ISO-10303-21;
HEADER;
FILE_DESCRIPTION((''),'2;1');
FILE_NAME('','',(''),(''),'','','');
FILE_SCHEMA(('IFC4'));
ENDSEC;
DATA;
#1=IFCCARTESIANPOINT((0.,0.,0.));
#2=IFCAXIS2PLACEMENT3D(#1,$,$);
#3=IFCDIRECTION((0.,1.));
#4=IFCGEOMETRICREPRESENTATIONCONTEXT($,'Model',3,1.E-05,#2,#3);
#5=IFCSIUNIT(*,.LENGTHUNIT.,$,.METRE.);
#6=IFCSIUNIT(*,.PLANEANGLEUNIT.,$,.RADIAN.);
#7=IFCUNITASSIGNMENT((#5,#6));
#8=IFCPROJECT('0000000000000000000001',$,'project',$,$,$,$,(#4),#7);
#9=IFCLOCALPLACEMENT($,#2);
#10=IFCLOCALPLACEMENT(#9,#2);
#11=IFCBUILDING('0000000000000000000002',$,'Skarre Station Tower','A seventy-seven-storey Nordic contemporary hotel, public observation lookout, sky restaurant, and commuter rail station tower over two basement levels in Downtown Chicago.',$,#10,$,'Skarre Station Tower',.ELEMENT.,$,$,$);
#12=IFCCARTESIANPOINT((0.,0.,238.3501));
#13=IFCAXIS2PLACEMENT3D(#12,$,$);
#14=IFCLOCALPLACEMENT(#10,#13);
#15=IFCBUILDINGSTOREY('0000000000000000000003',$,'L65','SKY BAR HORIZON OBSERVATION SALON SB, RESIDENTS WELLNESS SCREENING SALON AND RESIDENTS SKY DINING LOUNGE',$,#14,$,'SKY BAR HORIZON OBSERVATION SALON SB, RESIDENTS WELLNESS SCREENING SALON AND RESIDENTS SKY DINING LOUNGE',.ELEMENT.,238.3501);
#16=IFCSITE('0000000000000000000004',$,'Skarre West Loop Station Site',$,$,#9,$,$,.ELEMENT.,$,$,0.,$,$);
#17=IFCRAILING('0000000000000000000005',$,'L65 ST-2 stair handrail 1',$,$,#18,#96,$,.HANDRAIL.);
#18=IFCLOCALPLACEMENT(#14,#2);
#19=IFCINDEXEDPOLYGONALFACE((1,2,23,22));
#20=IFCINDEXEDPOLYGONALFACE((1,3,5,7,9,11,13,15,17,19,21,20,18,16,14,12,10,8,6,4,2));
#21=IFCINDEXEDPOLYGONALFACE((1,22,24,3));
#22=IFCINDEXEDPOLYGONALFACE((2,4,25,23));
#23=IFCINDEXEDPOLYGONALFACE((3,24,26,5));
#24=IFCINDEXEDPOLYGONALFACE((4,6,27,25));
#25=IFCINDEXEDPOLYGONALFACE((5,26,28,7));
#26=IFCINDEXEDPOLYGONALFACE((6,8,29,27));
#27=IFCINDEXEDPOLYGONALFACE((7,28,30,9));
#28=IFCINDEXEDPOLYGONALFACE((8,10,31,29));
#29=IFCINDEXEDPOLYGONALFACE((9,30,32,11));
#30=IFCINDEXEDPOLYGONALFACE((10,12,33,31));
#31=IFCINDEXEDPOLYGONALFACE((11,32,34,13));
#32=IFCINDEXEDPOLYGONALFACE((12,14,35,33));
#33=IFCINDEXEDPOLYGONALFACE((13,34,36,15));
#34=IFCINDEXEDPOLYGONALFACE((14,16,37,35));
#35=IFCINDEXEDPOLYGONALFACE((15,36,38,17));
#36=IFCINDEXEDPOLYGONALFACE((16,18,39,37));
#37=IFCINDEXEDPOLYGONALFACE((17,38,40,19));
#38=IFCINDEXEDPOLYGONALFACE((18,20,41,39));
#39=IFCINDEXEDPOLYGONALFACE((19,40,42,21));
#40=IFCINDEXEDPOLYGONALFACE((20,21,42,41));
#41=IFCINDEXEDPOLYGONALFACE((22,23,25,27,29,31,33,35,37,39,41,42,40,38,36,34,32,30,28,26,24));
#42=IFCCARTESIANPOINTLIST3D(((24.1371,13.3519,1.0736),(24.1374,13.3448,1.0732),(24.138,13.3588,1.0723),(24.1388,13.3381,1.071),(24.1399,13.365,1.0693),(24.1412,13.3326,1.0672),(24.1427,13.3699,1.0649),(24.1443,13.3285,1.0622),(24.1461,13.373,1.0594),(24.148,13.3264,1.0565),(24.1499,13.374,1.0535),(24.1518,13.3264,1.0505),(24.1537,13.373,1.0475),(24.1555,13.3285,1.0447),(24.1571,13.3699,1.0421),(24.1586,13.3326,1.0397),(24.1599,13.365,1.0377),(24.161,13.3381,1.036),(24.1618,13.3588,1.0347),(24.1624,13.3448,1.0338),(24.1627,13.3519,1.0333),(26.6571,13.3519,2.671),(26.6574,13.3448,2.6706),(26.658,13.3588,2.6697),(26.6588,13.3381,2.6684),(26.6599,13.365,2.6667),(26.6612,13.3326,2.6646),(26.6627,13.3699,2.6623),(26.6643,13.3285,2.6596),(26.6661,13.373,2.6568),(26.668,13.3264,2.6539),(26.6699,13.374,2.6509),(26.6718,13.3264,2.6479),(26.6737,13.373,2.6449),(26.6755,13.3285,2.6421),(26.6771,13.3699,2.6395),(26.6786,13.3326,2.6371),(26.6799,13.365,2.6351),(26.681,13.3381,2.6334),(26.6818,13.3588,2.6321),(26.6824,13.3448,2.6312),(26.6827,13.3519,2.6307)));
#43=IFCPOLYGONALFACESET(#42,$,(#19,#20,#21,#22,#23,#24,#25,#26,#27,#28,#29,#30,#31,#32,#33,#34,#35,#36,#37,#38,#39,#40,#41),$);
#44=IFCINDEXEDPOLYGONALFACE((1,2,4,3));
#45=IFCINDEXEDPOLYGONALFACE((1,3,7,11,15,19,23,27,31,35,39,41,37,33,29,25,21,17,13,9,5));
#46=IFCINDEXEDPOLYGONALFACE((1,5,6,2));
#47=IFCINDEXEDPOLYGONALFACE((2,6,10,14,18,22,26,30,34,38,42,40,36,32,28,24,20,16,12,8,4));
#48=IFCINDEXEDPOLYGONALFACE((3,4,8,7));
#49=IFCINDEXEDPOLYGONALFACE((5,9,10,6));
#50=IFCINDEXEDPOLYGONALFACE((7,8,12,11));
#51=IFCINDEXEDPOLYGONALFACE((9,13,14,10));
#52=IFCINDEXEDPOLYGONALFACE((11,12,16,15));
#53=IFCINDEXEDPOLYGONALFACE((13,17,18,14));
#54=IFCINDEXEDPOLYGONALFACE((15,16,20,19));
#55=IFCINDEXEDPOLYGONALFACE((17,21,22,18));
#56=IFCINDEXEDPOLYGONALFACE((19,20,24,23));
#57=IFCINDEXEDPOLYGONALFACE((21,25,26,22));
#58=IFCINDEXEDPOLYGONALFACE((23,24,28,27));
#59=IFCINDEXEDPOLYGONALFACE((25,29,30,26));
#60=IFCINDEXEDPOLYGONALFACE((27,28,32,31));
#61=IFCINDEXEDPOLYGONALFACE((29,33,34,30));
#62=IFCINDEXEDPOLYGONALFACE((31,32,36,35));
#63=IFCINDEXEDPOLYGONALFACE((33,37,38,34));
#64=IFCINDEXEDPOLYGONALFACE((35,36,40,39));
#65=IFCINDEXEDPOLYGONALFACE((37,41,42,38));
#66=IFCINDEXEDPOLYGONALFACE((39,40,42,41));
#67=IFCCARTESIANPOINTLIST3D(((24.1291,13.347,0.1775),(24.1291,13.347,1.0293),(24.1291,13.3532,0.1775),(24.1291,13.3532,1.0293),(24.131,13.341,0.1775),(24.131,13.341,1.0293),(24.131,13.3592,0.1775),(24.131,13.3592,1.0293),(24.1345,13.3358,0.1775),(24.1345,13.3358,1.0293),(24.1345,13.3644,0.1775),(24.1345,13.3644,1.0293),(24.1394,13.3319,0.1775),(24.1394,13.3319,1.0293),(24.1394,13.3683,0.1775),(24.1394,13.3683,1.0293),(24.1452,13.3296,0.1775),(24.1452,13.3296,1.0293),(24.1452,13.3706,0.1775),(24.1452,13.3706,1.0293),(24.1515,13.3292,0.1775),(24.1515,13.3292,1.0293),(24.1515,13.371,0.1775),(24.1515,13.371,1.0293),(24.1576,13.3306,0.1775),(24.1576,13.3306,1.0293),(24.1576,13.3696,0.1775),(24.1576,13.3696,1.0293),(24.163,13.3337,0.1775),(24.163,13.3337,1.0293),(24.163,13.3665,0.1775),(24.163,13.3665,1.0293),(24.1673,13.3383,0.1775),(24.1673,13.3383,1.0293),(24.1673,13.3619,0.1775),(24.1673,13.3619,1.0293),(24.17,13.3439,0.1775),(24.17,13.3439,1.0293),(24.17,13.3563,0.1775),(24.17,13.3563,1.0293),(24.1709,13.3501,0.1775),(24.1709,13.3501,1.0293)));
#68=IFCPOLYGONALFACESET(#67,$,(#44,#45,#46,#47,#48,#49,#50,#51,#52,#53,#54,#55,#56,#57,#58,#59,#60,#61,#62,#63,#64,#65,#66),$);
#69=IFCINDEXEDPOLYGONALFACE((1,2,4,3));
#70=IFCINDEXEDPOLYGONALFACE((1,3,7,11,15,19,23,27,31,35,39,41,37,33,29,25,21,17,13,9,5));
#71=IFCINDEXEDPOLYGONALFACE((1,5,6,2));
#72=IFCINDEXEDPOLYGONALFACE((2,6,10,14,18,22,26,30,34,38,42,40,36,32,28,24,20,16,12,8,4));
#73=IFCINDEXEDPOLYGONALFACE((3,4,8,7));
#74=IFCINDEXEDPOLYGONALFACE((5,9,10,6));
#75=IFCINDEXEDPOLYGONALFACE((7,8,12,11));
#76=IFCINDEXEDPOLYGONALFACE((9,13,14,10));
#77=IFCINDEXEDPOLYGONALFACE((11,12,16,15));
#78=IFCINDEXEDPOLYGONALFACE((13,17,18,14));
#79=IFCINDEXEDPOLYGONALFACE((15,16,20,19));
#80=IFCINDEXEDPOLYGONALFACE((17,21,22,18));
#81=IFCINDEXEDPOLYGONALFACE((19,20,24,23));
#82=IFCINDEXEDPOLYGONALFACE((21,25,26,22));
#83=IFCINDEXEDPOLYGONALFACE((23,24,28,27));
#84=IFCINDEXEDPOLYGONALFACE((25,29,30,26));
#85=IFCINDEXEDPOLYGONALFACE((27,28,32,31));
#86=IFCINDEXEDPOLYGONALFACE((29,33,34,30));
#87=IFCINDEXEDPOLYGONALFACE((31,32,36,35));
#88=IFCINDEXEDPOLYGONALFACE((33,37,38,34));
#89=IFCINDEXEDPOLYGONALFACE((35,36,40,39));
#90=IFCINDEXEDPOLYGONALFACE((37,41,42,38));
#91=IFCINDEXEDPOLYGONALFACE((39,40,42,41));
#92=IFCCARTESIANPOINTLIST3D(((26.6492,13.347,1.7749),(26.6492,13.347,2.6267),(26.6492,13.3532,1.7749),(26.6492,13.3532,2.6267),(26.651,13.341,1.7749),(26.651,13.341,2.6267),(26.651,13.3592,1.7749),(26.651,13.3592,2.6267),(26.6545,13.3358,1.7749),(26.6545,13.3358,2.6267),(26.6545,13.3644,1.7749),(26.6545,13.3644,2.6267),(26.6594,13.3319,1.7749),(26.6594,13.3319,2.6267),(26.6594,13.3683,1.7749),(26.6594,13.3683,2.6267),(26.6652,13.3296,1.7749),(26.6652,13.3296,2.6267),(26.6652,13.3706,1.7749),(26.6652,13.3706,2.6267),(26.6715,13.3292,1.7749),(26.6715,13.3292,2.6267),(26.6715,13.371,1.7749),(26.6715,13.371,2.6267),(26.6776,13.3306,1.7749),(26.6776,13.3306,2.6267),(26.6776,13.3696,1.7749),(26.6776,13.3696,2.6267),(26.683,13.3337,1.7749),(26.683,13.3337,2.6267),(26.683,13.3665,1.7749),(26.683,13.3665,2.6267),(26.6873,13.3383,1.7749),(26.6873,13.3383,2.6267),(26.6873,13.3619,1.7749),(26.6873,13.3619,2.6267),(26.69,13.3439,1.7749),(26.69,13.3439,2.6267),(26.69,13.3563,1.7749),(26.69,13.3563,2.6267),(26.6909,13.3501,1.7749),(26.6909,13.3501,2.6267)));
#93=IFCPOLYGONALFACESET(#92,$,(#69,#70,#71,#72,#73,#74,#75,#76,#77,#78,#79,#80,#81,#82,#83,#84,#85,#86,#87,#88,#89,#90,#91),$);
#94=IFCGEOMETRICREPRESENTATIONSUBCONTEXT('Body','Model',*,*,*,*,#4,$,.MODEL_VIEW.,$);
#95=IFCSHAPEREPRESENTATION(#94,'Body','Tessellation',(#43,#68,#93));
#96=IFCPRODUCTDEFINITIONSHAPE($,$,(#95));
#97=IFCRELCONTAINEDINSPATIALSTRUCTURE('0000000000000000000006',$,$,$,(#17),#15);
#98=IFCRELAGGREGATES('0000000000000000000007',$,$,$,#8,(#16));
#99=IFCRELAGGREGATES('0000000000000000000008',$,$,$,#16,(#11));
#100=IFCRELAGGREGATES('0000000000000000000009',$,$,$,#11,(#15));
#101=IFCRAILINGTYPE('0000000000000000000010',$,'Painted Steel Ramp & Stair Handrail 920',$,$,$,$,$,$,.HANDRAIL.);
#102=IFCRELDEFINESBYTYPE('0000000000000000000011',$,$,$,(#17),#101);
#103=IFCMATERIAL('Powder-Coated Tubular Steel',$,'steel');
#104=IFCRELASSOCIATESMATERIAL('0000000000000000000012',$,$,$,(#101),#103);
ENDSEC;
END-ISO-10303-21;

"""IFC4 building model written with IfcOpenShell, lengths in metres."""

from ifc_helpers import new_model, si_unit, direction, frame, origin, origin_2d, place, context, subcontext, project, spatial, circle, extrude, material, type_object, element, save


model = new_model("IFC4")

# Units and contexts
model_context = context("Model", 3, precision=1e-05, world=origin(), true_north=direction((0.0, 1.0)))
body_context = subcontext(model_context, "Body", "Model", "MODEL_VIEW")
ifc_project = project(units=[si_unit("LENGTHUNIT", "METRE"), si_unit("PLANEANGLEUNIT", "RADIAN")], contexts=[model_context])

# Site, building, storey
site_placement = place(None, origin())
site = spatial("IfcSite", under=ifc_project, at=site_placement, Name="Skarre West Loop Station Site", CompositionType="ELEMENT", RefElevation=0.0)
building_placement = place(site_placement, origin())
building = spatial("IfcBuilding", under=site, at=building_placement, Name="Skarre Station Tower", Description="A seventy-seven-storey Nordic contemporary hotel, public observation lookout, sky restaurant, and commuter rail station tower over two basement levels in Downtown Chicago.", LongName="Skarre Station Tower", CompositionType="ELEMENT")
storey_placement = place(building_placement, frame((0.0, 0.0, 238.3501)))
storey = spatial("IfcBuildingStorey", under=building, at=storey_placement, Name="L65", Description="SKY BAR HORIZON OBSERVATION SALON SB, RESIDENTS WELLNESS SCREENING SALON AND RESIDENTS SKY DINING LOUNGE", LongName="SKY BAR HORIZON OBSERVATION SALON SB, RESIDENTS WELLNESS SCREENING SALON AND RESIDENTS SKY DINING LOUNGE", CompositionType="ELEMENT", Elevation=238.3501)

# Railing
ifc_material_1 = material(Name="Powder-Coated Tubular Steel", Category="steel")
railing_type = type_object("IfcRailingType", Name="Painted Steel Ramp & Stair Handrail 920", PredefinedType="HANDRAIL", material=ifc_material_1)
railing_placement = place(storey_placement, frame((24.1499, 13.3501, 0.1775)))
element("IfcRailing", 1, at=railing_placement, inside=storey, type_object=railing_type, Name="L65 ST-2 stair handrail 1", PredefinedType="HANDRAIL", context=body_context, shape_type="SweptSolid", body=[
    extrude(circle(Radius=0.0239, at=origin_2d()), frame((0.0, 0.0, 0.876), z_axis=(0.844607, 0.0, 0.535387), x_axis=(0.0, 1.0, 0.0)), (0.0, 0.0, 1.0), 2.9836),
    extrude(circle(Radius=0.021, at=origin_2d()), origin(), (0.0, 0.0, 1.0), 0.8518),
    extrude(circle(Radius=0.021, at=origin_2d()), frame((2.52, 0.0, 1.5974)), (0.0, 0.0, 1.0), 0.8518),
])

save(model, "model.ifc")
